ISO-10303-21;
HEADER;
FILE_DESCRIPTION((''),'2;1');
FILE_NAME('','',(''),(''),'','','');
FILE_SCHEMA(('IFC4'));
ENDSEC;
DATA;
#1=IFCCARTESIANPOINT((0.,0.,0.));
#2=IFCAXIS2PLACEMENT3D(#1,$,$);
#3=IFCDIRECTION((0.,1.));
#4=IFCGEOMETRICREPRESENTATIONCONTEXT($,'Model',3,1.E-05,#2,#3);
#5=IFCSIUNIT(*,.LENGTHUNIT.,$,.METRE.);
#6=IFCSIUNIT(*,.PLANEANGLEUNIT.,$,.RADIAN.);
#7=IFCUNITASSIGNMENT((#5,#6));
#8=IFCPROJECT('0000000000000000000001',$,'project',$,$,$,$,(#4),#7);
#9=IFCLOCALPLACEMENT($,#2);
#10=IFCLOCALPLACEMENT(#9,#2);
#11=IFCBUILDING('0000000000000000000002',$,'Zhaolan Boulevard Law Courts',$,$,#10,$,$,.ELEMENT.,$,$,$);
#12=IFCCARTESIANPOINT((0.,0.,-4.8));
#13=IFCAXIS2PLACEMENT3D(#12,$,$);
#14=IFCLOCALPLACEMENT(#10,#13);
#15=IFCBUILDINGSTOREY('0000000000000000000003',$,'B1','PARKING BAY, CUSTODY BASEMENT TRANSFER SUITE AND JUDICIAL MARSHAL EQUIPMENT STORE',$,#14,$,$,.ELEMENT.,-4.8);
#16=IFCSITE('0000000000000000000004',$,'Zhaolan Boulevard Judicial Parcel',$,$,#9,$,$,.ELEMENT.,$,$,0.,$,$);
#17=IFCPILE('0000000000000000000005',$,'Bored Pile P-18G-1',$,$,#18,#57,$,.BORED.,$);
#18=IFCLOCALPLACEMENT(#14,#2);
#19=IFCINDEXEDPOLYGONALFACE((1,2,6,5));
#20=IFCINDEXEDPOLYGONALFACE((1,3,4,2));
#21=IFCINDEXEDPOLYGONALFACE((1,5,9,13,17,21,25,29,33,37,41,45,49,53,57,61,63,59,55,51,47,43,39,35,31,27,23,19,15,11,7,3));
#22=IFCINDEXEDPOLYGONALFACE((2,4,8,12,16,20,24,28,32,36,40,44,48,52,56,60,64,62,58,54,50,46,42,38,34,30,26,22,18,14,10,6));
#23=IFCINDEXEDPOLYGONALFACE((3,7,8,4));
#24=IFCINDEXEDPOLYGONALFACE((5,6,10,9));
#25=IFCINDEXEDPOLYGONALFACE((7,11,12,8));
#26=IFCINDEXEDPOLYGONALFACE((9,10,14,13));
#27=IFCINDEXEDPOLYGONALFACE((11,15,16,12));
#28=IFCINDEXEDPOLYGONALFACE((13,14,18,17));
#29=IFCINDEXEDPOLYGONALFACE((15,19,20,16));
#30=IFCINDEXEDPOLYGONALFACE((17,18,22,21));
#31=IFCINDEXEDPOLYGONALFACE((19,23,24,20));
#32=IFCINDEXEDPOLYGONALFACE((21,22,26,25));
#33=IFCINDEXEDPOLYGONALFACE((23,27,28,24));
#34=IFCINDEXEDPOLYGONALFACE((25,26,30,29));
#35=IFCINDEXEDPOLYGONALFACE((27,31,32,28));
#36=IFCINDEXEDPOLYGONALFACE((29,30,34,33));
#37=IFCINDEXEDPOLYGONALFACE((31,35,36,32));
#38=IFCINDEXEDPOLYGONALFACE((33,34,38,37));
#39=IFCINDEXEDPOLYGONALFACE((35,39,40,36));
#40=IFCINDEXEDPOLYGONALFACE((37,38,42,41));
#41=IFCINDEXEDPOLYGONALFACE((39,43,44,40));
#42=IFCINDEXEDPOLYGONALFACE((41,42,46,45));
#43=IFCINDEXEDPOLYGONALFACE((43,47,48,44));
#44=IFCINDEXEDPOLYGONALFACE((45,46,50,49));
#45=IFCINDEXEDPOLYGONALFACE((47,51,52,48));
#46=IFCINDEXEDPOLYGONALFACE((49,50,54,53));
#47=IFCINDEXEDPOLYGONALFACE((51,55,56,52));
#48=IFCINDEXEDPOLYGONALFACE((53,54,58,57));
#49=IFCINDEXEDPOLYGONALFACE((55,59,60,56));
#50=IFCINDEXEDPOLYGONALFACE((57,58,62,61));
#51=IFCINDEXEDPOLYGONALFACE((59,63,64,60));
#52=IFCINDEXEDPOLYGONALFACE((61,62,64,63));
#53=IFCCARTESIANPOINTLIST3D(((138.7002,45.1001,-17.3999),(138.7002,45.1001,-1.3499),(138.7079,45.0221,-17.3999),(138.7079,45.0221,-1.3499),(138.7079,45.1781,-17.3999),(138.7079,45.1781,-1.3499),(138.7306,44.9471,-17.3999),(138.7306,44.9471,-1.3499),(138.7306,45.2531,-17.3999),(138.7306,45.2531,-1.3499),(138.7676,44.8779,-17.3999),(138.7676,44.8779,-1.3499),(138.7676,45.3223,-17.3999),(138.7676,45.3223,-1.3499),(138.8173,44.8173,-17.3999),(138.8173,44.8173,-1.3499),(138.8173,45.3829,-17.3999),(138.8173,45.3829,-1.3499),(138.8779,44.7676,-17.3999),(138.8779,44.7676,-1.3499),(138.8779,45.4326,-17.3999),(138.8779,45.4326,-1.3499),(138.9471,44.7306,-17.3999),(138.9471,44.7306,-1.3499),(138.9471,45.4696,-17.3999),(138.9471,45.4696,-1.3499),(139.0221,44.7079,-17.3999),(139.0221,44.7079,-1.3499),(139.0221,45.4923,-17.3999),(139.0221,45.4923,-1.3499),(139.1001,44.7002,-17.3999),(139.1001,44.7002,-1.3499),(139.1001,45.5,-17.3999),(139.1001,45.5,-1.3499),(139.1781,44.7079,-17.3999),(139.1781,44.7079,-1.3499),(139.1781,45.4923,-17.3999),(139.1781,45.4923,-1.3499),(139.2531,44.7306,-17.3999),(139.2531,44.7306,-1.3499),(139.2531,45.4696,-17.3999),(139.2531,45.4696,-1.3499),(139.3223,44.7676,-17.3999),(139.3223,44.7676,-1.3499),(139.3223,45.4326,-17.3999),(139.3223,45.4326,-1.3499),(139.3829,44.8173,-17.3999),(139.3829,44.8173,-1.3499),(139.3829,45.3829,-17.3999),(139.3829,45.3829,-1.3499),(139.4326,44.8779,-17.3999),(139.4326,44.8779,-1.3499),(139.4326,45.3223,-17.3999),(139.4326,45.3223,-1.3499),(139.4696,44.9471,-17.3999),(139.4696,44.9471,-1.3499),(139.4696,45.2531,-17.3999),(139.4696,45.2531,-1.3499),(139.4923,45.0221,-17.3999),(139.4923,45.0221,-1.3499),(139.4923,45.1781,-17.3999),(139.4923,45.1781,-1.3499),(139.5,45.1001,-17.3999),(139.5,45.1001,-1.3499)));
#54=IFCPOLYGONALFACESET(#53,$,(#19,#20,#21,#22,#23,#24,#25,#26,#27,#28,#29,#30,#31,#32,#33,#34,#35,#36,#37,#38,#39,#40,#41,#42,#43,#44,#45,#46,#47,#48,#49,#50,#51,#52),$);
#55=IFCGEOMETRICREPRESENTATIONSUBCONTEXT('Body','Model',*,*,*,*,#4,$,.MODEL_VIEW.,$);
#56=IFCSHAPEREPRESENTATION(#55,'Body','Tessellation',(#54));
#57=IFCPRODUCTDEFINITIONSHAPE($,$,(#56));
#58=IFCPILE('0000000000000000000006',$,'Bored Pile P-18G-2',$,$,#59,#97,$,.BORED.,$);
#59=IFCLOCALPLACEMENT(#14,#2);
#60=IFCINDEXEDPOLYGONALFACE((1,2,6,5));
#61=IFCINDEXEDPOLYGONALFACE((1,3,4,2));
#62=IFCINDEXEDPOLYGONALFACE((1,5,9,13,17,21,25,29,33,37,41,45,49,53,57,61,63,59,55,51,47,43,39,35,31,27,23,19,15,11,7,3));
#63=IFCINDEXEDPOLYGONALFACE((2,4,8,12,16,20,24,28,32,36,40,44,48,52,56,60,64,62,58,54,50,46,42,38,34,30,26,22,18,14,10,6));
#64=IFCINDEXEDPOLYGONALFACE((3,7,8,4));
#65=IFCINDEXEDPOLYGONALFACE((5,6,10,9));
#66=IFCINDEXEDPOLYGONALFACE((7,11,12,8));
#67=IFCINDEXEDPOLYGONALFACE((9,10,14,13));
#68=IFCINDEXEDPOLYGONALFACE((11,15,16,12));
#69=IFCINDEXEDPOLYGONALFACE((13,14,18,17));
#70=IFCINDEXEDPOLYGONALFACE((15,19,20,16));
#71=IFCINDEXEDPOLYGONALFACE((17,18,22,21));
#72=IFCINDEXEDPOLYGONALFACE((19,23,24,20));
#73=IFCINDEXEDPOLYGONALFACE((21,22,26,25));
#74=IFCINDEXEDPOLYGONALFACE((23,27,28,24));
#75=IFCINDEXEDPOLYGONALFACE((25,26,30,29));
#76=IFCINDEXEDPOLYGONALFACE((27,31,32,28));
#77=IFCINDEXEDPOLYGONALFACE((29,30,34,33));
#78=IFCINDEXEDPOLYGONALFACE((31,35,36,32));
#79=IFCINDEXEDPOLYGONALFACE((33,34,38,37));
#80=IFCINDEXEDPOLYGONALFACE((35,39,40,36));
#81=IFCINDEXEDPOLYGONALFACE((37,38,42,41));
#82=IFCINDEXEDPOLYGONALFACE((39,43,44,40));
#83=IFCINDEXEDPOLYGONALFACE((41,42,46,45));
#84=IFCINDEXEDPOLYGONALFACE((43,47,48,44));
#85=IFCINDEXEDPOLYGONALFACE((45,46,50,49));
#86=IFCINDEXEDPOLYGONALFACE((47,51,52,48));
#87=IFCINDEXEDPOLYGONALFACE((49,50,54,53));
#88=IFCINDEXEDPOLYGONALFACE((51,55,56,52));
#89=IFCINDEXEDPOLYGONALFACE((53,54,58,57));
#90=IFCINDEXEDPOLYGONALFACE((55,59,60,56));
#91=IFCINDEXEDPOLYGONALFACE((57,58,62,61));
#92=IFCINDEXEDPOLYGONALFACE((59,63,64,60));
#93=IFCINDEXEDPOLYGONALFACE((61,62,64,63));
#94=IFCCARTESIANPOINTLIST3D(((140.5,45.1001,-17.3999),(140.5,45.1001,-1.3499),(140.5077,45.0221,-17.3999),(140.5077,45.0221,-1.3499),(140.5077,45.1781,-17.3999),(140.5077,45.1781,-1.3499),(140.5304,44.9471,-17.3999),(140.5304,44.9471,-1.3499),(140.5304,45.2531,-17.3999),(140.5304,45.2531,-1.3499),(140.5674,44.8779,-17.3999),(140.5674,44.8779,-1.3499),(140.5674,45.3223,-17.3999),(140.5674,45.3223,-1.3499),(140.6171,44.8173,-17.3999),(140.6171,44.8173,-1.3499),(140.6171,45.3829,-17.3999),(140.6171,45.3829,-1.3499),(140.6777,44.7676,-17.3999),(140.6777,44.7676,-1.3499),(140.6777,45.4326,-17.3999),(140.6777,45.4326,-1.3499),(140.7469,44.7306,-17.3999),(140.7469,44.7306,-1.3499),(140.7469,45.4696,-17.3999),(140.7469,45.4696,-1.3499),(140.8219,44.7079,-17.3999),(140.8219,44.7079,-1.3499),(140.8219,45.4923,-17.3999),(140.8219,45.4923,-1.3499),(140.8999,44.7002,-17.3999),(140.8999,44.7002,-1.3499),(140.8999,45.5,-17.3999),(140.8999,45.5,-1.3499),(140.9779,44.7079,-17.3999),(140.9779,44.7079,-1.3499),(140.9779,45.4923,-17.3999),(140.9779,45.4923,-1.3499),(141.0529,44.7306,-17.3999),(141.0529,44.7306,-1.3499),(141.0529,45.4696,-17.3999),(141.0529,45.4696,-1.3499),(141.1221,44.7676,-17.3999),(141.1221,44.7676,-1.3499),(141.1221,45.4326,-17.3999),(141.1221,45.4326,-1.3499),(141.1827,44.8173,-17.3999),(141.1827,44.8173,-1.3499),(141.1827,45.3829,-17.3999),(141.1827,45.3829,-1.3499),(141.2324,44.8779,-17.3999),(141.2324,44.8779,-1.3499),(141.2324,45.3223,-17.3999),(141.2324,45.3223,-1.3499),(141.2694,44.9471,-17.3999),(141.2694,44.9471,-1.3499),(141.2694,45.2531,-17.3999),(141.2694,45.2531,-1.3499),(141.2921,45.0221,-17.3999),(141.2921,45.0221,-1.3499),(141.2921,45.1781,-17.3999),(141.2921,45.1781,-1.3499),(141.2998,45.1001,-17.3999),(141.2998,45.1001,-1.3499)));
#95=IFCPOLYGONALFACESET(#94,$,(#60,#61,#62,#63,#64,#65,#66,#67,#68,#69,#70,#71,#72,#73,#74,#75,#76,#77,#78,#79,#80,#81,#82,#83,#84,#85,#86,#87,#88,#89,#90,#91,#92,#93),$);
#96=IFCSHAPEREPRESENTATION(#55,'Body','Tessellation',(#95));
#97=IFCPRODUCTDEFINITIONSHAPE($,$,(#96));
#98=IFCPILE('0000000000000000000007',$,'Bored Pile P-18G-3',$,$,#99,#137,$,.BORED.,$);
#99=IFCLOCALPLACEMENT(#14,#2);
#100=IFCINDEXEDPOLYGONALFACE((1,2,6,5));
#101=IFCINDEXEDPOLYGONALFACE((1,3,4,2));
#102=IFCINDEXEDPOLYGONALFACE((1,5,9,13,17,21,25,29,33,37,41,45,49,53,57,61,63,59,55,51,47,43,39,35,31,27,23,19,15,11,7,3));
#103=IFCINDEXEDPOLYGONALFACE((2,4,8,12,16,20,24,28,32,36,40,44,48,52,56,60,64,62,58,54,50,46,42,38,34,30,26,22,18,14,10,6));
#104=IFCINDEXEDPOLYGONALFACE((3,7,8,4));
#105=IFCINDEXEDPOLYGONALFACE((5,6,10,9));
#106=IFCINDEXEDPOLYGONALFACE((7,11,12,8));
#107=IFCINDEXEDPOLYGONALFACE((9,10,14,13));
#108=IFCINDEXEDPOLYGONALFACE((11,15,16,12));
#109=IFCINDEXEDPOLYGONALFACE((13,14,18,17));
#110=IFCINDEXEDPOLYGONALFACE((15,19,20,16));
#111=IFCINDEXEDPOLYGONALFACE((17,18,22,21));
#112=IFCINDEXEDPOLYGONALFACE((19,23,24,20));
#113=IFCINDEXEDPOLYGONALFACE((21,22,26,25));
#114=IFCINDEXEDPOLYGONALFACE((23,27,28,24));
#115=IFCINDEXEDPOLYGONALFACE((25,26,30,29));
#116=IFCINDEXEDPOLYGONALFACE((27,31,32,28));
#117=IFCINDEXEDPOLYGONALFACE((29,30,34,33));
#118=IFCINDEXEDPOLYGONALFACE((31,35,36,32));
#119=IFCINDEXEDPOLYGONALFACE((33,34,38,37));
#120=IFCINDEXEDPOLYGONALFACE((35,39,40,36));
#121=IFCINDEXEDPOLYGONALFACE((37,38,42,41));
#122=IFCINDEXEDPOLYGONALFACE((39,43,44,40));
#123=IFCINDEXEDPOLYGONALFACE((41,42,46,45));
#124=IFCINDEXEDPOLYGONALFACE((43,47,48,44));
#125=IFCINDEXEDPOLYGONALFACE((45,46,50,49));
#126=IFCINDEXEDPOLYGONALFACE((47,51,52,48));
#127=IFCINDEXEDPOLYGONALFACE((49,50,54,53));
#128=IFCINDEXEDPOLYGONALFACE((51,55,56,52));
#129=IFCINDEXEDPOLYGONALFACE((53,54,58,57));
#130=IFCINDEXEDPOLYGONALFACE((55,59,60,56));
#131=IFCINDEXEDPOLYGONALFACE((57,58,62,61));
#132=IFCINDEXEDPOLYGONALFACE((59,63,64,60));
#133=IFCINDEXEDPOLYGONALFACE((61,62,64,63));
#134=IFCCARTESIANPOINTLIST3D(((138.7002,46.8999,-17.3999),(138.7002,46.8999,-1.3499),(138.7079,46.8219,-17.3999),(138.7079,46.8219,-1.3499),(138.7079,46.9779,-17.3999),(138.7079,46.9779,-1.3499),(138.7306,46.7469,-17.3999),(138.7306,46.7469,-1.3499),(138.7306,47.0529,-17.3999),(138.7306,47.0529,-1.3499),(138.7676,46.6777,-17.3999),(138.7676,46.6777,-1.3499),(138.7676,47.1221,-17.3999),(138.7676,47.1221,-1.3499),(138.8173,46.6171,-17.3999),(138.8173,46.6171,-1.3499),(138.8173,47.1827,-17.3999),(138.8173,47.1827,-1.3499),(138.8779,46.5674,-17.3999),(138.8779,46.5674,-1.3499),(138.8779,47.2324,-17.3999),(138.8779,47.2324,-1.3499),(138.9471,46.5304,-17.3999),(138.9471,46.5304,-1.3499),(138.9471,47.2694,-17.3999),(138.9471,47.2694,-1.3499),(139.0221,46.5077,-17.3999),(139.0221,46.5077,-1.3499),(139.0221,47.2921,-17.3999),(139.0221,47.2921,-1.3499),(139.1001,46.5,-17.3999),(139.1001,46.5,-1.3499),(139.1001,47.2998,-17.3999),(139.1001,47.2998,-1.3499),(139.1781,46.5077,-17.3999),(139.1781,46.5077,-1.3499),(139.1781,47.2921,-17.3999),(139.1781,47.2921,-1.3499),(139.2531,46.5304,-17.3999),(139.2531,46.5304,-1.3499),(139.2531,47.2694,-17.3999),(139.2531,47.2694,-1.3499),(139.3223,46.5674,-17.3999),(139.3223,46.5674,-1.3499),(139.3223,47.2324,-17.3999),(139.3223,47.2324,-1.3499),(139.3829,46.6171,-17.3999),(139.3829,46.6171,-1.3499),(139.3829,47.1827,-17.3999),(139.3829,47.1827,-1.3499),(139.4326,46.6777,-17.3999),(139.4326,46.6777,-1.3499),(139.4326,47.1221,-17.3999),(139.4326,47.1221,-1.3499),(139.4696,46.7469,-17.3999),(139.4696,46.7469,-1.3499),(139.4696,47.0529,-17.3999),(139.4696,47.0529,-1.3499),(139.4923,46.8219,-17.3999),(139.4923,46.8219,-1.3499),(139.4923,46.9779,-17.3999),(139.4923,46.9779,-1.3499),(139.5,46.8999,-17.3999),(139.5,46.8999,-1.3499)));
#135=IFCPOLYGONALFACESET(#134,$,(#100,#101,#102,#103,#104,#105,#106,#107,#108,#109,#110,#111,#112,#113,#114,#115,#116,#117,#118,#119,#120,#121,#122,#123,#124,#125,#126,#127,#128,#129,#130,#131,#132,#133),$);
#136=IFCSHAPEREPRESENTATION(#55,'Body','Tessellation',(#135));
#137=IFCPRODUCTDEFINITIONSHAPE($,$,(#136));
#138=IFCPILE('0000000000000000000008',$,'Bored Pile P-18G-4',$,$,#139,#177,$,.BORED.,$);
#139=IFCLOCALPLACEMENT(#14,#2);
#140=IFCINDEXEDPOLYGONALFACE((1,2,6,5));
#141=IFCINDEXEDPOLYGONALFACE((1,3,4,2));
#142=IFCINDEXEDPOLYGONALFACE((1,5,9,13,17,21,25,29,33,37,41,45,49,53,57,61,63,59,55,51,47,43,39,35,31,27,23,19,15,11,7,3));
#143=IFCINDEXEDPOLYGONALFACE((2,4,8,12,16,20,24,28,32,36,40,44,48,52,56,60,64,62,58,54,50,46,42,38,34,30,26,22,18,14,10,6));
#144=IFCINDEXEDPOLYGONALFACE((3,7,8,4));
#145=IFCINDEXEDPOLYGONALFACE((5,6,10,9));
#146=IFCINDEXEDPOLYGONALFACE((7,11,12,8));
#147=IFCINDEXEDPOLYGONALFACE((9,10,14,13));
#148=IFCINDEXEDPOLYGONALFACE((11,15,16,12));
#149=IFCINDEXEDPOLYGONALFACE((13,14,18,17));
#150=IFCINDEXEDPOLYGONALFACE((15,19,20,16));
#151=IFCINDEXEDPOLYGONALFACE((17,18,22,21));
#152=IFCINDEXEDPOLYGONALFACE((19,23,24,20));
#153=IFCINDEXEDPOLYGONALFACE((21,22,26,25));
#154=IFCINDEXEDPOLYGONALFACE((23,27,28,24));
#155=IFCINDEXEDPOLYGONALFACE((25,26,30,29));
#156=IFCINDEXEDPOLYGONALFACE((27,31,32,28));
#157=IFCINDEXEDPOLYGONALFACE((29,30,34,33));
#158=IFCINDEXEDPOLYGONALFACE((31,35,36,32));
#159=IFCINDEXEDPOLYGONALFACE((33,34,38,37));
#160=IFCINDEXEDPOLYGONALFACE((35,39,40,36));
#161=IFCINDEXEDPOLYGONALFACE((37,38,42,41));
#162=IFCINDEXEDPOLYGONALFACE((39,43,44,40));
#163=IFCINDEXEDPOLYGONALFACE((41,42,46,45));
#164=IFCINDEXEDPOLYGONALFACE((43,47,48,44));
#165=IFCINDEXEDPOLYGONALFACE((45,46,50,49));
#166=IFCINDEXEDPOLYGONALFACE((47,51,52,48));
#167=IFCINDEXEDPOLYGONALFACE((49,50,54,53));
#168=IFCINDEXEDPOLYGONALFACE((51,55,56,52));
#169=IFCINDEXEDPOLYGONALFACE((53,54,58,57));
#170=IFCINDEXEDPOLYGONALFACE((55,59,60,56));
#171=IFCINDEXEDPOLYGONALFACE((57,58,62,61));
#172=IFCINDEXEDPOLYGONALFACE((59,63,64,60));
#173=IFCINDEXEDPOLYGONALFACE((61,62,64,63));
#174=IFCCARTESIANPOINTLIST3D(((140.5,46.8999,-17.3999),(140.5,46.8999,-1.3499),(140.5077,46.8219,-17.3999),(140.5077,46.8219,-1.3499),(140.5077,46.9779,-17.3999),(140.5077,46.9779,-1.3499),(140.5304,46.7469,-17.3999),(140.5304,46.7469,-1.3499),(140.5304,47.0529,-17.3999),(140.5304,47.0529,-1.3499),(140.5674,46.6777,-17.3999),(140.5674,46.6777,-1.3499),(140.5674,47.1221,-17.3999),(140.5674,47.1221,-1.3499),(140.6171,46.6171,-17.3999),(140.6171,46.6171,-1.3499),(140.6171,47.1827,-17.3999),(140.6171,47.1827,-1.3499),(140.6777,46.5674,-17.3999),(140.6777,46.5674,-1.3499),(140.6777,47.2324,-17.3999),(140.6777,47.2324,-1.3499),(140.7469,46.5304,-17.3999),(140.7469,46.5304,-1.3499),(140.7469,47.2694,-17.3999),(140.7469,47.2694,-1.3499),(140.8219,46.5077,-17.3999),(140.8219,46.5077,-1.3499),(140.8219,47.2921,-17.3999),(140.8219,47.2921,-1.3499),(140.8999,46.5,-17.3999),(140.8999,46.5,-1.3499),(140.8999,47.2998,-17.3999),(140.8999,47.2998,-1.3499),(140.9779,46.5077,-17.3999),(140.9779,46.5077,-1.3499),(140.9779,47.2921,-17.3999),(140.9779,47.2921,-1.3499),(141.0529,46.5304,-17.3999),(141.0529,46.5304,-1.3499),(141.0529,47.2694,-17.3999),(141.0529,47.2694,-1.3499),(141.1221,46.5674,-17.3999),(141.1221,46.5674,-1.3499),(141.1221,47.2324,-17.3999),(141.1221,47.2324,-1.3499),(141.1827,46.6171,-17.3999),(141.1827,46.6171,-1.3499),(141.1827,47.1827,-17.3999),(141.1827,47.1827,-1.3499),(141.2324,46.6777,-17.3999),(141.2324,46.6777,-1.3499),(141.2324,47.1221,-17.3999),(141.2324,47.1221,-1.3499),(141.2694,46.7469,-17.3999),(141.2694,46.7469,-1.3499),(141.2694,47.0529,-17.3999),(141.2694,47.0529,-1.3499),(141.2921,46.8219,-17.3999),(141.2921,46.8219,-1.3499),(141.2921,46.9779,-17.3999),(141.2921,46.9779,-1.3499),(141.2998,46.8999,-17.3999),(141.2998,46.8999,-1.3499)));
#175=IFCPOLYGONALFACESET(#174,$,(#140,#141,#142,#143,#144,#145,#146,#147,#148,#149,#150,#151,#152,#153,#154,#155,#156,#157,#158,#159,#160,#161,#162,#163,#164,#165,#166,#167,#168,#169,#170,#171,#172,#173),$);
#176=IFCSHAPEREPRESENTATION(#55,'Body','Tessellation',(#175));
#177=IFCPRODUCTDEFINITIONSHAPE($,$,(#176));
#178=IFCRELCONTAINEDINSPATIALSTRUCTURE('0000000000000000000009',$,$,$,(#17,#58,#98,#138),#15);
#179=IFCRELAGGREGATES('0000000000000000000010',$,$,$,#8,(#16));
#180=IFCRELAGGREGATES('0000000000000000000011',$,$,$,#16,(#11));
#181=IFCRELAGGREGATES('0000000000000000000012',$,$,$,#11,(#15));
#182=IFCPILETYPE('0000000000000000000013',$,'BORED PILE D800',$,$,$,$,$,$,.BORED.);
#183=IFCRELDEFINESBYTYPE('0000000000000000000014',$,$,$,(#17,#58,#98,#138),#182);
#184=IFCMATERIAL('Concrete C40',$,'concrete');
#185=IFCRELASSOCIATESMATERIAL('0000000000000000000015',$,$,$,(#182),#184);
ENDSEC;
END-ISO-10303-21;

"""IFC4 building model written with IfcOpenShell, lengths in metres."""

from ifc_helpers import new_model, si_unit, direction, frame, origin, origin_2d, place, context, subcontext, project, spatial, circle, extrude, material, material_profile, profile_set, type_object, element, save


model = new_model("IFC4")

# Units and contexts
model_context = context("Model", 3, precision=1e-05, world=origin(), true_north=direction((0.0, 1.0)))
body_context = subcontext(model_context, "Body", "Model", "MODEL_VIEW")
ifc_project = project(units=[si_unit("LENGTHUNIT", "METRE"), si_unit("PLANEANGLEUNIT", "RADIAN")], contexts=[model_context])

# Site, building, storey
site_placement = place(None, origin())
site = spatial("IfcSite", under=ifc_project, at=site_placement, Name="Zhaolan Boulevard Judicial Parcel", CompositionType="ELEMENT", RefElevation=0.0)
building_placement = place(site_placement, origin())
building = spatial("IfcBuilding", under=site, at=building_placement, Name="Zhaolan Boulevard Law Courts", CompositionType="ELEMENT")
storey_placement = place(building_placement, frame((0.0, 0.0, -4.8)))
storey = spatial("IfcBuildingStorey", under=building, at=storey_placement, Name="B1", Description="PARKING BAY, CUSTODY BASEMENT TRANSFER SUITE AND JUDICIAL MARSHAL EQUIPMENT STORE", CompositionType="ELEMENT", Elevation=-4.8)

# Piles
ifc_material_1 = material(Name="Concrete C40", Category="concrete")
ifc_material_profile_1 = material_profile(ifc_material_1, circle(Radius=0.3999, at=origin_2d()), Name="PILE-D800")
ifc_profile_set_1 = profile_set([ifc_material_profile_1], Name="Concrete C40")
pile_type_1 = type_object("IfcPileType", Name="BORED PILE D800", PredefinedType="BORED", material=ifc_profile_set_1)
for number, where, z_axis, x_axis, name in (
    (1, (139.1001, 45.1001, -1.3499), (0.0, 0.0, -1.0), (1.0, 0.0, 0.0), "Bored Pile P-18G-1"),
    (2, (140.8999, 45.1001, -1.3499), (0.0, 0.0, -1.0), (1.0, 0.0, 0.0), "Bored Pile P-18G-2"),
    (3, (139.1001, 46.8999, -1.3499), (0.0, 0.0, -1.0), (1.0, 0.0, 0.0), "Bored Pile P-18G-3"),
    (4, (140.8999, 46.8999, -1.3499), (0.0, 0.0, -1.0), (1.0, 0.0, 0.0), "Bored Pile P-18G-4"),
):
    element("IfcPile", number, at=place(storey_placement, frame(where, z_axis=z_axis, x_axis=x_axis)), inside=storey, type_object=pile_type_1, Name=name, PredefinedType="BORED", context=body_context, shape_type="SweptSolid", body=[
        extrude(circle(Radius=0.3999, at=origin_2d()), origin(), (0.0, 0.0, 1.0), 16.05),
    ])

save(model, "model.ifc")
